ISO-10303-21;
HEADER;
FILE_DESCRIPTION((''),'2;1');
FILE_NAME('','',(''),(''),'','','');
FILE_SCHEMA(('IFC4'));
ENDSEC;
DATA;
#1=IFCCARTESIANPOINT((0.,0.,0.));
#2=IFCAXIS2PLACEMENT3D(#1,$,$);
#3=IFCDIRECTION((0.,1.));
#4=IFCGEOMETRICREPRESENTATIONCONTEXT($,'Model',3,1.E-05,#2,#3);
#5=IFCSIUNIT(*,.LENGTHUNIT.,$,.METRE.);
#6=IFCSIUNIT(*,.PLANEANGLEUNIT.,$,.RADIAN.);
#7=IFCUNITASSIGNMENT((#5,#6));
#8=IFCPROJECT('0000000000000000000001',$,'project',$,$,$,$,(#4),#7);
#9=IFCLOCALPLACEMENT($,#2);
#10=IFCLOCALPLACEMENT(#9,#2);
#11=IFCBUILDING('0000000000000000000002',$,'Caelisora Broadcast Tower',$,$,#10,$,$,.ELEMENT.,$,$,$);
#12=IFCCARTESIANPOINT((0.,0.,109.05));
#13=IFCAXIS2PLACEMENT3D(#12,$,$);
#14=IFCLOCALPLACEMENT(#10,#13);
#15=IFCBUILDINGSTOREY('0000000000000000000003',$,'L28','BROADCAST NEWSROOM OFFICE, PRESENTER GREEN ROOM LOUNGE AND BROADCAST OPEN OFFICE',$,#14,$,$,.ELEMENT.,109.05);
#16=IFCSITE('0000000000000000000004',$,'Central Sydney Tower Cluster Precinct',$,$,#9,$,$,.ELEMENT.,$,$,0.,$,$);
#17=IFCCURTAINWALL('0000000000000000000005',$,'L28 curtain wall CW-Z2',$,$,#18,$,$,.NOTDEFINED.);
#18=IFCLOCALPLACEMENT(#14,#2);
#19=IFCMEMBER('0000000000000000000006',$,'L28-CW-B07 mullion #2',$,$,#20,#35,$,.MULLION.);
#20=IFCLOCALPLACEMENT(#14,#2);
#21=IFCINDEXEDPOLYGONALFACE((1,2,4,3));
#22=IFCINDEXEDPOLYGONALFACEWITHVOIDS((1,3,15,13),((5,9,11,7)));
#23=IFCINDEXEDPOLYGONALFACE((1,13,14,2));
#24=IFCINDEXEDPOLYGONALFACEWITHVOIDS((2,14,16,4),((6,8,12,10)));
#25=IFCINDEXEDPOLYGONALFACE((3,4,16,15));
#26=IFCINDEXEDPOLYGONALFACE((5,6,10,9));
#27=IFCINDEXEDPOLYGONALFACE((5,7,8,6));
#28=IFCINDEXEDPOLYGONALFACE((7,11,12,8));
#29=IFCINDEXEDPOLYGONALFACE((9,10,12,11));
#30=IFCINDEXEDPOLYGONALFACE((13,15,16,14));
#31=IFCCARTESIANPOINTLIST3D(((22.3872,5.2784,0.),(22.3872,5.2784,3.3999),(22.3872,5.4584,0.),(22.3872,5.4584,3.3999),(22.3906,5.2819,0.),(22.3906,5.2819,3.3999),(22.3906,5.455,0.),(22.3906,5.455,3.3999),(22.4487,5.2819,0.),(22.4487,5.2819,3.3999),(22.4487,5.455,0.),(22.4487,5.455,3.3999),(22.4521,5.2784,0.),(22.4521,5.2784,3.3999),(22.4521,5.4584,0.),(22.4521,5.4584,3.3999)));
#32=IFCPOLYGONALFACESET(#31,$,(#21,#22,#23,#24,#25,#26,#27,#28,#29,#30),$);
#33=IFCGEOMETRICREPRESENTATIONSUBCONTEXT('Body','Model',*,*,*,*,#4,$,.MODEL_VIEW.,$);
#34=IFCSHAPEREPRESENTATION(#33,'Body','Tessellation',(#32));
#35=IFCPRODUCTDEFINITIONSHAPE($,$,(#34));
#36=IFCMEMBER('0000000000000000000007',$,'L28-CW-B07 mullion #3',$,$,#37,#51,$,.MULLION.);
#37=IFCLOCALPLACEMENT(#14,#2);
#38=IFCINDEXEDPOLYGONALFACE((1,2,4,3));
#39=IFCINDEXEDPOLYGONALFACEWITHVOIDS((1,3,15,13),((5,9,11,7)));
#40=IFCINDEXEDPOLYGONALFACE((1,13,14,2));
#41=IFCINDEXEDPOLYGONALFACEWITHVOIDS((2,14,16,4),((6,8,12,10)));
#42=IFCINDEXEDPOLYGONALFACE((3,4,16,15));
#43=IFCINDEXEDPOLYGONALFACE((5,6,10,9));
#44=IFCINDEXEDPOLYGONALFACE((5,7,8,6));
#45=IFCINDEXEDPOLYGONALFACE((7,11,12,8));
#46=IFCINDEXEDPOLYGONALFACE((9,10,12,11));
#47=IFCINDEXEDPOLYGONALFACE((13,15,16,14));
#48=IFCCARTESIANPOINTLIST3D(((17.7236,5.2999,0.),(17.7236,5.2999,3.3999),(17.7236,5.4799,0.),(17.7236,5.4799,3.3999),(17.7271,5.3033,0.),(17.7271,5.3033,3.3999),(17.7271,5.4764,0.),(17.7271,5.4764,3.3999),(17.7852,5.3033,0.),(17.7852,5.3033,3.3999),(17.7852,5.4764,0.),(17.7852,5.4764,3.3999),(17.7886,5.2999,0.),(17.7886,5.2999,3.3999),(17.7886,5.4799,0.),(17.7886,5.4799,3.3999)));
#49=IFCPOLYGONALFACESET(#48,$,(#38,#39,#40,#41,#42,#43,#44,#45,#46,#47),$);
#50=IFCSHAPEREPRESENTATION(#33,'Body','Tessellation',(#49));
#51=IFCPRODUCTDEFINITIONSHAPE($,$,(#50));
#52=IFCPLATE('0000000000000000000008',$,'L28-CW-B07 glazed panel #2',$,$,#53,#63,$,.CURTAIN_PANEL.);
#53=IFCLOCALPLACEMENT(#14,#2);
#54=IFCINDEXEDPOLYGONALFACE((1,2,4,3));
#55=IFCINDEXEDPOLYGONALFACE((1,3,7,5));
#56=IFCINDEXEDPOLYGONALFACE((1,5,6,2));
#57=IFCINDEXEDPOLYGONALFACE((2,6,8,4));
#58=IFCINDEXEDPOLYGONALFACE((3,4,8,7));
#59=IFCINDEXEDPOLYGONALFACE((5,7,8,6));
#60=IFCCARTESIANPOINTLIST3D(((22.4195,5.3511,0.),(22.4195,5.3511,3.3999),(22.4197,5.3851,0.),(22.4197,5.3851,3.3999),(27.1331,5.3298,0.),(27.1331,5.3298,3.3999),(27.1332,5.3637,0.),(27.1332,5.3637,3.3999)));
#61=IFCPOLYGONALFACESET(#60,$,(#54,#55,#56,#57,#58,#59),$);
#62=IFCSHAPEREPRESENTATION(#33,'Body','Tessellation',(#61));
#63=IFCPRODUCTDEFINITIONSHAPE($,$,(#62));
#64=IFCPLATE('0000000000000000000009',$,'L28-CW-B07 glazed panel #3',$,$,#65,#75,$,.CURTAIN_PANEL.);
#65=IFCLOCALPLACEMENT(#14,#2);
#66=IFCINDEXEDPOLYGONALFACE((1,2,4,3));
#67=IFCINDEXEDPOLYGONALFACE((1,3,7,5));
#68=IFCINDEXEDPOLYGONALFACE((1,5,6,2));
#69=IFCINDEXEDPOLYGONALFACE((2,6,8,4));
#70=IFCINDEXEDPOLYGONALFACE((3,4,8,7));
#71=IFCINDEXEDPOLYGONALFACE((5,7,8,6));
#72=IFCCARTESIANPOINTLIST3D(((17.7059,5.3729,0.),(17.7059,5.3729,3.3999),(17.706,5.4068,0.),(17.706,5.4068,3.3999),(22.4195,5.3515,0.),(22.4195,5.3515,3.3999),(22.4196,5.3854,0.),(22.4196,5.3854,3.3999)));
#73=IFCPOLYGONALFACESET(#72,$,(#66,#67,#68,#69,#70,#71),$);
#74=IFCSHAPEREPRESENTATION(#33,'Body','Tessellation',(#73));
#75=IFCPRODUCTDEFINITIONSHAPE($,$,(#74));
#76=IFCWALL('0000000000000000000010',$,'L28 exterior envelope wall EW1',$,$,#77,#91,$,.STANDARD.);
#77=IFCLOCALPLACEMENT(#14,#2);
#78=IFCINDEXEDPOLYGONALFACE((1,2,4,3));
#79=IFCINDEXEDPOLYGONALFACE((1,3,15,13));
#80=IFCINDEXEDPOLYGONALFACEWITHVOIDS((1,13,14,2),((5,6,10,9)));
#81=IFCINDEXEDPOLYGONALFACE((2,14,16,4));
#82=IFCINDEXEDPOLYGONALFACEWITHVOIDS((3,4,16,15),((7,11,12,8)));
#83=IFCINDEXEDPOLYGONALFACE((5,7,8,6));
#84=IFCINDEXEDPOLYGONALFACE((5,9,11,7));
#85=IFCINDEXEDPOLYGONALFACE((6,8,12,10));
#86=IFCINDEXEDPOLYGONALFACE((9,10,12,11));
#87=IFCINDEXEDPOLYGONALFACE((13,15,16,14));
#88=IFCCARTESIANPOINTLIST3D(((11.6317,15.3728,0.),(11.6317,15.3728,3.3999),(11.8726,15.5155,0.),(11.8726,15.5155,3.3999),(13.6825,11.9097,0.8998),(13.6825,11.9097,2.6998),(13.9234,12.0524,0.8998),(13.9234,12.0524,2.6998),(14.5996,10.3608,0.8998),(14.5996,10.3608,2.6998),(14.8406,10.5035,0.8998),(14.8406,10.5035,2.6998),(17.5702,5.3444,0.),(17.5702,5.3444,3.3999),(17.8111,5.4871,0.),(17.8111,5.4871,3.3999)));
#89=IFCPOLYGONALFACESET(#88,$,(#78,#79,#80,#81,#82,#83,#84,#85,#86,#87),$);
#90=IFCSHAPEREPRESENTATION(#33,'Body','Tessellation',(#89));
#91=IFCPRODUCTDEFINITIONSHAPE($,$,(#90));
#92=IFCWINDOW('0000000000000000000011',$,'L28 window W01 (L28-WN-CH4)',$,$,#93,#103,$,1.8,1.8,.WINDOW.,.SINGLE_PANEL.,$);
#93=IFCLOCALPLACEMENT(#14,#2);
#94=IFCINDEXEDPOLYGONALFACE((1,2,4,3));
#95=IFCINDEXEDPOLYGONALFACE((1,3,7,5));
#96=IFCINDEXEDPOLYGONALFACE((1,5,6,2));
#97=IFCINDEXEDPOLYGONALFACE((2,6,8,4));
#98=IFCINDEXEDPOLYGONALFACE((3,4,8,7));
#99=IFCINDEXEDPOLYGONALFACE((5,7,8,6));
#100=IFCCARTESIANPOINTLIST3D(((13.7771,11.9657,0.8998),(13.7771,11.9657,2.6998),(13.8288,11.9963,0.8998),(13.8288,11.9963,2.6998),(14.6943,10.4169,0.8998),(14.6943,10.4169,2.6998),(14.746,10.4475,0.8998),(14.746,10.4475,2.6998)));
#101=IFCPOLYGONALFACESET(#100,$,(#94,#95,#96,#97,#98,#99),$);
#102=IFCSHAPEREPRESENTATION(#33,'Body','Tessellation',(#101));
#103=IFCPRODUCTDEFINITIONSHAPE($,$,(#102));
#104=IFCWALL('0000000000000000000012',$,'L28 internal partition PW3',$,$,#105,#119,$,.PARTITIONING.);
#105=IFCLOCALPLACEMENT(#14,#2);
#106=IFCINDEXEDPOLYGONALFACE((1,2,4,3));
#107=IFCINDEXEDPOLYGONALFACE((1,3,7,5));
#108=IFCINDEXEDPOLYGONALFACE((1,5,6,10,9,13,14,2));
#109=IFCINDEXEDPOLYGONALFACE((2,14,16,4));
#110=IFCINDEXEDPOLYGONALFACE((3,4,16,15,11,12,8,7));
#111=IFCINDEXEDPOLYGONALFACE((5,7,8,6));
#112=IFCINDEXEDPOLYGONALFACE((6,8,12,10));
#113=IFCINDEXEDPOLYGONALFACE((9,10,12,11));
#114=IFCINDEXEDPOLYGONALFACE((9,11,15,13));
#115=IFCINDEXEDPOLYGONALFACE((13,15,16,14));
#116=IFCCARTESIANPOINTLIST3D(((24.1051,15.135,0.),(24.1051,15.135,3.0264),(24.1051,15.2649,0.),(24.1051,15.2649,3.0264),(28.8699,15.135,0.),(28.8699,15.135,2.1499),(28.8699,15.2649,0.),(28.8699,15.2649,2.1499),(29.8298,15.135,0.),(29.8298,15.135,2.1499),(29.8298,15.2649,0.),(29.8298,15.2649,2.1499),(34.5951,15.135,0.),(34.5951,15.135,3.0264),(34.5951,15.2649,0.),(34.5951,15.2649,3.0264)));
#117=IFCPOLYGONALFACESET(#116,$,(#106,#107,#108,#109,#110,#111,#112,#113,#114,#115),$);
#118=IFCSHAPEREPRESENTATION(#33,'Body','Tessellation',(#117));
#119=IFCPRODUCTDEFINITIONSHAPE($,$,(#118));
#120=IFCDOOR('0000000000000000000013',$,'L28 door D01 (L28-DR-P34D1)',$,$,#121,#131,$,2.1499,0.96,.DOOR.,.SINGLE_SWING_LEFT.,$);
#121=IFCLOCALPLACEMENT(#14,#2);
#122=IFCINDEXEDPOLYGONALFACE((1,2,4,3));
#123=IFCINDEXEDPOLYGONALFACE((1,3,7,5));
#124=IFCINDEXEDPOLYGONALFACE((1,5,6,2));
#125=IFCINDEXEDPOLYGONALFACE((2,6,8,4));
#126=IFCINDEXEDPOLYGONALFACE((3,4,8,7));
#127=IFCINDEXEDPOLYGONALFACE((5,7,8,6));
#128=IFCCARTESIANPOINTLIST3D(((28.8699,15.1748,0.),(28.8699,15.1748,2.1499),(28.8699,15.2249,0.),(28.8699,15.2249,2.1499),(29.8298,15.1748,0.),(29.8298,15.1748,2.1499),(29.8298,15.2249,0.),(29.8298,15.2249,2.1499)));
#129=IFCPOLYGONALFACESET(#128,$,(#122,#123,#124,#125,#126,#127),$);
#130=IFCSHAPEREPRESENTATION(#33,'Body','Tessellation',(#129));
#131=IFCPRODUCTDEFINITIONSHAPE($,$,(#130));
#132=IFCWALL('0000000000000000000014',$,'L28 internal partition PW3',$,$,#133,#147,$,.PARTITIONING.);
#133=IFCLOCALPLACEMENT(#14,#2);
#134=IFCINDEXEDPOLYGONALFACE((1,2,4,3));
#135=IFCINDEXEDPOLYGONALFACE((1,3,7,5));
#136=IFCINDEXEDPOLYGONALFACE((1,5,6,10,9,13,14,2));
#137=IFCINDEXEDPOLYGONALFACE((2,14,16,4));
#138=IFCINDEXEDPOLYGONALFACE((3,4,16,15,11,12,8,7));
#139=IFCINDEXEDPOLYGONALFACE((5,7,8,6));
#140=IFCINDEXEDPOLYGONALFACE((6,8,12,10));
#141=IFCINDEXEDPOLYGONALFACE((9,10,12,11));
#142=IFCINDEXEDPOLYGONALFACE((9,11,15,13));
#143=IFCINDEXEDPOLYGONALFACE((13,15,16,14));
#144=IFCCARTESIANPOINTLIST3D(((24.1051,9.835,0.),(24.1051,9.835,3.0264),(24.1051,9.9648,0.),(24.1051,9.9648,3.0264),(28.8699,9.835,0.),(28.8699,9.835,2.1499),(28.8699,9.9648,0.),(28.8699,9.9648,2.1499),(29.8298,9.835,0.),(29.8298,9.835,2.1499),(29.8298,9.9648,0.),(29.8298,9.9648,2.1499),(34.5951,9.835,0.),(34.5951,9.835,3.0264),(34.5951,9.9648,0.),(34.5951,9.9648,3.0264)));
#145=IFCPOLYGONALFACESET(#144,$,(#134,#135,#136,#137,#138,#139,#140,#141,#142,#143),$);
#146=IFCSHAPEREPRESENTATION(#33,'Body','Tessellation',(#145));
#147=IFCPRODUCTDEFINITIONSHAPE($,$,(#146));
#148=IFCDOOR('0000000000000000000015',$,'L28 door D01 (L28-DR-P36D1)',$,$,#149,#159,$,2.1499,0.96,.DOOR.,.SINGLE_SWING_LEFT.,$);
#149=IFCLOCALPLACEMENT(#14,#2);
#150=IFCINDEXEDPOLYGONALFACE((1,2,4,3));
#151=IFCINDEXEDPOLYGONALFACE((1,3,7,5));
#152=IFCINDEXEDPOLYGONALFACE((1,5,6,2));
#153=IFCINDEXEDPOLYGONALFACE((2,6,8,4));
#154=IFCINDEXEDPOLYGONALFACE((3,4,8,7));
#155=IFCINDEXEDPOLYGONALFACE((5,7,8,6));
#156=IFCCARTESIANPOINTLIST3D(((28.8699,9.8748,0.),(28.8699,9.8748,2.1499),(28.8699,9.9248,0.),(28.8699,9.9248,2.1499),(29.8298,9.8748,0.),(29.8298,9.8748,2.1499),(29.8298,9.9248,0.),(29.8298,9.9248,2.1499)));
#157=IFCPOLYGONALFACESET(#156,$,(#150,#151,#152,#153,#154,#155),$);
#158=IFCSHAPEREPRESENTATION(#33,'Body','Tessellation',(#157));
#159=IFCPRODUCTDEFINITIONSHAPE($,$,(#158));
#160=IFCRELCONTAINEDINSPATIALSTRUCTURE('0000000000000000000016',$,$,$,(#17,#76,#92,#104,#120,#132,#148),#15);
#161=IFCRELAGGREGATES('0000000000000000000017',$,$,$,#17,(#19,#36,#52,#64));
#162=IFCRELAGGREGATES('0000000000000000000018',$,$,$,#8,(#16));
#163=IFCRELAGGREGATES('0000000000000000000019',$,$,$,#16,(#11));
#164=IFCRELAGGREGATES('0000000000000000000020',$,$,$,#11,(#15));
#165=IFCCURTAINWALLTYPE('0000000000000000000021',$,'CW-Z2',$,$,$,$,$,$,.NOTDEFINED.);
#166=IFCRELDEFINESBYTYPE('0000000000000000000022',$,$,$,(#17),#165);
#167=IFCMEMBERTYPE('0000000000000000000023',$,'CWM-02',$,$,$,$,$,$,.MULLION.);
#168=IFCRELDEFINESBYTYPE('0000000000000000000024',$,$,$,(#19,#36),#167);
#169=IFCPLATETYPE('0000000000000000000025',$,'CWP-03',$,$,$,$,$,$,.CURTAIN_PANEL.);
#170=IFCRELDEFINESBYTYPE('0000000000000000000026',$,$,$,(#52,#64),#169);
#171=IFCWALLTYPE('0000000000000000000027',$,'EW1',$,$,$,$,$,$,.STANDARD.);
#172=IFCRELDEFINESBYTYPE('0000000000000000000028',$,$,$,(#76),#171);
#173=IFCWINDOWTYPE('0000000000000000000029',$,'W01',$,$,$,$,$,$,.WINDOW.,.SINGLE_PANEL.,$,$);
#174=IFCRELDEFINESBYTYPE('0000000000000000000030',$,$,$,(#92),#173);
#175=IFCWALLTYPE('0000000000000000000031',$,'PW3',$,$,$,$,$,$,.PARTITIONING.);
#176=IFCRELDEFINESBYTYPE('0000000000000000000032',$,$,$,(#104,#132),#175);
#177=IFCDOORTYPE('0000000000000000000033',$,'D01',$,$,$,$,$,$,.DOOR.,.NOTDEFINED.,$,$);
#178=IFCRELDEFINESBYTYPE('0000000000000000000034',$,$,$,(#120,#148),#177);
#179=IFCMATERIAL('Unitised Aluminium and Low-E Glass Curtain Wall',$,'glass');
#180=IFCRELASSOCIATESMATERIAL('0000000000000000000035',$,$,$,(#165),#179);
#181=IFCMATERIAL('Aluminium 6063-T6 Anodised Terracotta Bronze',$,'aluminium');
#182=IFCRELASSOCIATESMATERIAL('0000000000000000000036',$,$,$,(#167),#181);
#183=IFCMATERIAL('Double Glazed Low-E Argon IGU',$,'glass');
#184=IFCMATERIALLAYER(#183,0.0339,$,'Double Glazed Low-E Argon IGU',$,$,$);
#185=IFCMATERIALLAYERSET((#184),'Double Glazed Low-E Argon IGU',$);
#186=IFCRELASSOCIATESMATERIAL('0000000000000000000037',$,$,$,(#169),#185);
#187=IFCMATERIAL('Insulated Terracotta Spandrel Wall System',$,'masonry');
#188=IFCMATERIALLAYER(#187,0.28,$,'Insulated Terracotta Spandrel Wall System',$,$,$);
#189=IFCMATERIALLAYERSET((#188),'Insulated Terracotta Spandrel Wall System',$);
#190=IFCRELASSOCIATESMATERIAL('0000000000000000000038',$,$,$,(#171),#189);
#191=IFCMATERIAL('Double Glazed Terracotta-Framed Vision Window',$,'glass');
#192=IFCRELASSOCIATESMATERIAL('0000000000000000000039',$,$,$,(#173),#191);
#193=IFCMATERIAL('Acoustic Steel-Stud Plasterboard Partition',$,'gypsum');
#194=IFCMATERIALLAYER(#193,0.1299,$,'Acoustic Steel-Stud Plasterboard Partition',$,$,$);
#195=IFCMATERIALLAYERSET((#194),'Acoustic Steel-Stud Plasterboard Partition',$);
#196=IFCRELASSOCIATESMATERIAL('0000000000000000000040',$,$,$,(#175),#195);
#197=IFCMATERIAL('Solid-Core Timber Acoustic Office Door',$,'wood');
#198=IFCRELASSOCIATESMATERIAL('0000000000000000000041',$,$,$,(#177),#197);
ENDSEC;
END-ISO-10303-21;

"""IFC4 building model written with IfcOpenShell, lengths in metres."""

from ifc_helpers import new_model, si_unit, direction, frame, frame_2d, origin, origin_2d, place, context, subcontext, project, spatial, rectangle, hollow_rectangle, extrude, source, transform, mapped, material, layer, layer_set, material_profile, profile_set, type_object, type_shapes, element, fill, aggregate, save


model = new_model("IFC4")

# Units and contexts
model_context = context("Model", 3, precision=1e-05, world=origin(), true_north=direction((0.0, 1.0)))
body_context = subcontext(model_context, "Body", "Model", "MODEL_VIEW")
ifc_project = project(units=[si_unit("LENGTHUNIT", "METRE"), si_unit("PLANEANGLEUNIT", "RADIAN")], contexts=[model_context])

# Site, building, storey
site_placement = place(None, origin())
site = spatial("IfcSite", under=ifc_project, at=site_placement, Name="Central Sydney Tower Cluster Precinct", CompositionType="ELEMENT", RefElevation=0.0)
building_placement = place(site_placement, origin())
building = spatial("IfcBuilding", under=site, at=building_placement, Name="Caelisora Broadcast Tower", CompositionType="ELEMENT")
storey_placement = place(building_placement, frame((0.0, 0.0, 109.05)))
storey = spatial("IfcBuildingStorey", under=building, at=storey_placement, Name="L28", Description="BROADCAST NEWSROOM OFFICE, PRESENTER GREEN ROOM LOUNGE AND BROADCAST OPEN OFFICE", CompositionType="ELEMENT", Elevation=109.05)

# Curtain wall, members, plates
ifc_material_1 = material(Name="Unitised Aluminium and Low-E Glass Curtain Wall", Category="glass")
curtain_wall_type = type_object("IfcCurtainWallType", Name="CW-Z2", PredefinedType="NOTDEFINED", material=ifc_material_1)
curtain_wall_placement = place(storey_placement, origin())
curtain_wall = element("IfcCurtainWall", 1, at=curtain_wall_placement, inside=storey, type_object=curtain_wall_type, Name="L28 curtain wall CW-Z2", PredefinedType="NOTDEFINED")
ifc_material_2 = material(Name="Aluminium 6063-T6 Anodised Terracotta Bronze", Category="aluminium")
ifc_material_profile_1 = material_profile(ifc_material_2, hollow_rectangle(XDim=0.0649, YDim=0.1799, WallThickness=0.0034, at=origin_2d()), Name="Aluminium 6063-T6 Anodised Terracotta Bronze")
ifc_profile_set_1 = profile_set([ifc_material_profile_1], Name="Aluminium 6063-T6 Anodised Terracotta Bronze")
member_type = type_object("IfcMemberType", Name="CWM-02", PredefinedType="MULLION", material=ifc_profile_set_1)
shared_shape_1 = source(origin(), body_context, "Body", "SweptSolid", [
    extrude(hollow_rectangle(XDim=0.0649, YDim=0.1799, WallThickness=0.0034, at=origin_2d()), origin(), (0.0, 0.0, 1.0), 3.3999),
])
type_shapes(member_type, [shared_shape_1])
member_1_placement = place(storey_placement, frame((22.4197, 5.3684, 0.0), z_axis=(0.0, 0.0, 1.0), x_axis=(1.0, 0.0, 0.0)))
member_1 = element("IfcMember", 2, at=member_1_placement, type_object=member_type, Name="L28-CW-B07 mullion #2", PredefinedType="MULLION", context=body_context, shape_type="MappedRepresentation", body=[
    mapped(shared_shape_1, transform((0.0, 0.0, 0.0), scale=1.0)),
])
member_2_placement = place(storey_placement, frame((17.7561, 5.3899, 0.0), z_axis=(0.0, 0.0, 1.0), x_axis=(1.0, 0.0, 0.0)))
member_2 = element("IfcMember", 3, at=member_2_placement, type_object=member_type, Name="L28-CW-B07 mullion #3", PredefinedType="MULLION", context=body_context, shape_type="MappedRepresentation", body=[
    mapped(shared_shape_1, transform((0.0, 0.0, 0.0), scale=1.0)),
])
ifc_material_3 = material(Name="Double Glazed Low-E Argon IGU", Category="glass")
ifc_layer_1 = layer(ifc_material_3, 0.0339, Name="Double Glazed Low-E Argon IGU")
ifc_layer_set_1 = layer_set([ifc_layer_1], Name="Double Glazed Low-E Argon IGU")
plate_type = type_object("IfcPlateType", Name="CWP-03", PredefinedType="CURTAIN_PANEL", material=ifc_layer_set_1)
shared_shape_2 = source(origin(), body_context, "Body", "SweptSolid", [
    extrude(rectangle(XDim=4.7136, YDim=0.0339, at=origin_2d()), origin(), (0.0, 0.0, 1.0), 3.3999),
])
type_shapes(plate_type, [shared_shape_2])
plate_1_placement = place(storey_placement, frame((24.7764, 5.3574, 0.0), z_axis=(0.0, 0.0, 1.0), x_axis=(-0.99999, 0.004538, 0.0)))
plate_1 = element("IfcPlate", 4, at=plate_1_placement, type_object=plate_type, Name="L28-CW-B07 glazed panel #2", PredefinedType="CURTAIN_PANEL", context=body_context, shape_type="MappedRepresentation", body=[
    mapped(shared_shape_2, transform((0.0, 0.0, 0.0), scale=1.0)),
])
plate_2_placement = place(storey_placement, frame((20.0627, 5.3792, 0.0), z_axis=(0.0, 0.0, 1.0), x_axis=(-0.99999, 0.004538, 0.0)))
plate_2 = element("IfcPlate", 5, at=plate_2_placement, type_object=plate_type, Name="L28-CW-B07 glazed panel #3", PredefinedType="CURTAIN_PANEL", context=body_context, shape_type="MappedRepresentation", body=[
    mapped(shared_shape_2, transform((0.0, 0.0, 0.0), scale=1.0)),
])
aggregate(curtain_wall, [member_1, member_2, plate_1, plate_2])

# Wall, opening, window
ifc_material_4 = material(Name="Insulated Terracotta Spandrel Wall System", Category="masonry")
ifc_layer_2 = layer(ifc_material_4, 0.28, Name="Insulated Terracotta Spandrel Wall System")
ifc_layer_set_2 = layer_set([ifc_layer_2], Name="Insulated Terracotta Spandrel Wall System")
wall_type_1 = type_object("IfcWallType", Name="EW1", PredefinedType="STANDARD", material=ifc_layer_set_2)
wall_1_placement = place(storey_placement, frame((17.6907, 5.4158, 0.0), z_axis=(0.0, 0.0, 1.0), x_axis=(-0.509534, 0.860451, 0.0)))
wall_1 = element("IfcWall", 6, at=wall_1_placement, inside=storey, type_object=wall_type_1, Name="L28 exterior envelope wall EW1", PredefinedType="STANDARD", context=body_context, shape_type="SweptSolid", body=[
    extrude(rectangle(XDim=11.6548, YDim=0.28, at=frame_2d((5.8274, 0.0))), origin(), (0.0, 0.0, 1.0), 3.3999),
])
opening_1_placement = place(wall_1_placement, frame((5.8301, 0.0, 0.8999)))
opening_1 = element("IfcOpeningElement", 7, at=opening_1_placement, cuts=wall_1, PredefinedType="OPENING", context=body_context, shape_type="SweptSolid", body=[
    extrude(rectangle(XDim=1.8, YDim=1.8, at=frame_2d((0.8999, 0.8999))), frame((0.0, 0.1521, 0.0), z_axis=(0.0, -1.0, 0.0), x_axis=(1.0, 0.0, 0.0)), (0.0, 0.0, 1.0), 0.304),
])
ifc_material_5 = material(Name="Double Glazed Terracotta-Framed Vision Window", Category="glass")
window_type = type_object("IfcWindowType", Name="W01", PartitioningType="SINGLE_PANEL", PredefinedType="WINDOW", material=ifc_material_5)
window_placement = place(opening_1_placement, origin())
window = element("IfcWindow", 8, at=window_placement, inside=storey, type_object=window_type, Name="L28 window W01 (L28-WN-CH4)", OverallHeight=1.8, OverallWidth=1.8, PartitioningType="SINGLE_PANEL", PredefinedType="WINDOW", context=body_context, shape_type="SweptSolid", body=[
    extrude(rectangle(XDim=1.8, YDim=1.8, at=frame_2d((0.8999, 0.8999))), frame((0.0, 0.03, 0.0), z_axis=(0.0, -1.0, 0.0), x_axis=(1.0, 0.0, 0.0)), (0.0, 0.0, 1.0), 0.0601),
])
fill(opening_1, window)

# Walls, openings, doors
ifc_material_6 = material(Name="Acoustic Steel-Stud Plasterboard Partition", Category="gypsum")
ifc_layer_3 = layer(ifc_material_6, 0.1299, Name="Acoustic Steel-Stud Plasterboard Partition")
ifc_layer_set_3 = layer_set([ifc_layer_3], Name="Acoustic Steel-Stud Plasterboard Partition")
wall_type_2 = type_object("IfcWallType", Name="PW3", PredefinedType="PARTITIONING", material=ifc_layer_set_3)
wall_2_placement = place(storey_placement, frame((24.105, 15.2, 0.0), z_axis=(0.0, 0.0, 1.0), x_axis=(1.0, 0.0, 0.0)))
wall_2 = element("IfcWall", 9, at=wall_2_placement, inside=storey, type_object=wall_type_2, Name="L28 internal partition PW3", PredefinedType="PARTITIONING", context=body_context, shape_type="SweptSolid", body=[
    extrude(rectangle(XDim=10.49, YDim=0.1299, at=frame_2d((5.2451, 0.0))), origin(), (0.0, 0.0, 1.0), 3.0264),
])
opening_2_placement = place(wall_2_placement, frame((4.7649, 0.0, 0.0)))
opening_2 = element("IfcOpeningElement", 10, at=opening_2_placement, cuts=wall_2, PredefinedType="OPENING", context=body_context, shape_type="SweptSolid", body=[
    extrude(rectangle(XDim=0.96, YDim=2.1499, at=frame_2d((0.48, 1.075))), frame((0.0, 0.0769, 0.0), z_axis=(0.0, -1.0, 0.0), x_axis=(1.0, 0.0, 0.0)), (0.0, 0.0, 1.0), 0.1538),
])
ifc_material_7 = material(Name="Solid-Core Timber Acoustic Office Door", Category="wood")
door_type = type_object("IfcDoorType", Name="D01", OperationType="NOTDEFINED", PredefinedType="DOOR", material=ifc_material_7)
door_1_placement = place(opening_2_placement, origin())
door_1 = element("IfcDoor", 11, at=door_1_placement, inside=storey, type_object=door_type, Name="L28 door D01 (L28-DR-P34D1)", OperationType="SINGLE_SWING_LEFT", OverallHeight=2.1499, OverallWidth=0.96, PredefinedType="DOOR", context=body_context, shape_type="SweptSolid", body=[
    extrude(rectangle(XDim=0.96, YDim=2.1499, at=frame_2d((0.48, 1.075))), frame((0.0, 0.0249, 0.0), z_axis=(0.0, -1.0, 0.0), x_axis=(1.0, 0.0, 0.0)), (0.0, 0.0, 1.0), 0.05),
])
fill(opening_2, door_1)
wall_3_placement = place(storey_placement, frame((24.105, 9.8999, 0.0), z_axis=(0.0, 0.0, 1.0), x_axis=(1.0, 0.0, 0.0)))
wall_3 = element("IfcWall", 12, at=wall_3_placement, inside=storey, type_object=wall_type_2, Name="L28 internal partition PW3", PredefinedType="PARTITIONING", context=body_context, shape_type="SweptSolid", body=[
    extrude(rectangle(XDim=10.49, YDim=0.1299, at=frame_2d((5.2451, 0.0))), origin(), (0.0, 0.0, 1.0), 3.0264),
])
opening_3_placement = place(wall_3_placement, frame((4.7649, 0.0, 0.0)))
opening_3 = element("IfcOpeningElement", 13, at=opening_3_placement, cuts=wall_3, PredefinedType="OPENING", context=body_context, shape_type="SweptSolid", body=[
    extrude(rectangle(XDim=0.96, YDim=2.1499, at=frame_2d((0.48, 1.075))), frame((0.0, 0.0769, 0.0), z_axis=(0.0, -1.0, 0.0), x_axis=(1.0, 0.0, 0.0)), (0.0, 0.0, 1.0), 0.1538),
])
door_2_placement = place(opening_3_placement, origin())
door_2 = element("IfcDoor", 14, at=door_2_placement, inside=storey, type_object=door_type, Name="L28 door D01 (L28-DR-P36D1)", OperationType="SINGLE_SWING_LEFT", OverallHeight=2.1499, OverallWidth=0.96, PredefinedType="DOOR", context=body_context, shape_type="SweptSolid", body=[
    extrude(rectangle(XDim=0.96, YDim=2.1499, at=frame_2d((0.48, 1.075))), frame((0.0, 0.0249, 0.0), z_axis=(0.0, -1.0, 0.0), x_axis=(1.0, 0.0, 0.0)), (0.0, 0.0, 1.0), 0.05),
])
fill(opening_3, door_2)

save(model, "model.ifc")
